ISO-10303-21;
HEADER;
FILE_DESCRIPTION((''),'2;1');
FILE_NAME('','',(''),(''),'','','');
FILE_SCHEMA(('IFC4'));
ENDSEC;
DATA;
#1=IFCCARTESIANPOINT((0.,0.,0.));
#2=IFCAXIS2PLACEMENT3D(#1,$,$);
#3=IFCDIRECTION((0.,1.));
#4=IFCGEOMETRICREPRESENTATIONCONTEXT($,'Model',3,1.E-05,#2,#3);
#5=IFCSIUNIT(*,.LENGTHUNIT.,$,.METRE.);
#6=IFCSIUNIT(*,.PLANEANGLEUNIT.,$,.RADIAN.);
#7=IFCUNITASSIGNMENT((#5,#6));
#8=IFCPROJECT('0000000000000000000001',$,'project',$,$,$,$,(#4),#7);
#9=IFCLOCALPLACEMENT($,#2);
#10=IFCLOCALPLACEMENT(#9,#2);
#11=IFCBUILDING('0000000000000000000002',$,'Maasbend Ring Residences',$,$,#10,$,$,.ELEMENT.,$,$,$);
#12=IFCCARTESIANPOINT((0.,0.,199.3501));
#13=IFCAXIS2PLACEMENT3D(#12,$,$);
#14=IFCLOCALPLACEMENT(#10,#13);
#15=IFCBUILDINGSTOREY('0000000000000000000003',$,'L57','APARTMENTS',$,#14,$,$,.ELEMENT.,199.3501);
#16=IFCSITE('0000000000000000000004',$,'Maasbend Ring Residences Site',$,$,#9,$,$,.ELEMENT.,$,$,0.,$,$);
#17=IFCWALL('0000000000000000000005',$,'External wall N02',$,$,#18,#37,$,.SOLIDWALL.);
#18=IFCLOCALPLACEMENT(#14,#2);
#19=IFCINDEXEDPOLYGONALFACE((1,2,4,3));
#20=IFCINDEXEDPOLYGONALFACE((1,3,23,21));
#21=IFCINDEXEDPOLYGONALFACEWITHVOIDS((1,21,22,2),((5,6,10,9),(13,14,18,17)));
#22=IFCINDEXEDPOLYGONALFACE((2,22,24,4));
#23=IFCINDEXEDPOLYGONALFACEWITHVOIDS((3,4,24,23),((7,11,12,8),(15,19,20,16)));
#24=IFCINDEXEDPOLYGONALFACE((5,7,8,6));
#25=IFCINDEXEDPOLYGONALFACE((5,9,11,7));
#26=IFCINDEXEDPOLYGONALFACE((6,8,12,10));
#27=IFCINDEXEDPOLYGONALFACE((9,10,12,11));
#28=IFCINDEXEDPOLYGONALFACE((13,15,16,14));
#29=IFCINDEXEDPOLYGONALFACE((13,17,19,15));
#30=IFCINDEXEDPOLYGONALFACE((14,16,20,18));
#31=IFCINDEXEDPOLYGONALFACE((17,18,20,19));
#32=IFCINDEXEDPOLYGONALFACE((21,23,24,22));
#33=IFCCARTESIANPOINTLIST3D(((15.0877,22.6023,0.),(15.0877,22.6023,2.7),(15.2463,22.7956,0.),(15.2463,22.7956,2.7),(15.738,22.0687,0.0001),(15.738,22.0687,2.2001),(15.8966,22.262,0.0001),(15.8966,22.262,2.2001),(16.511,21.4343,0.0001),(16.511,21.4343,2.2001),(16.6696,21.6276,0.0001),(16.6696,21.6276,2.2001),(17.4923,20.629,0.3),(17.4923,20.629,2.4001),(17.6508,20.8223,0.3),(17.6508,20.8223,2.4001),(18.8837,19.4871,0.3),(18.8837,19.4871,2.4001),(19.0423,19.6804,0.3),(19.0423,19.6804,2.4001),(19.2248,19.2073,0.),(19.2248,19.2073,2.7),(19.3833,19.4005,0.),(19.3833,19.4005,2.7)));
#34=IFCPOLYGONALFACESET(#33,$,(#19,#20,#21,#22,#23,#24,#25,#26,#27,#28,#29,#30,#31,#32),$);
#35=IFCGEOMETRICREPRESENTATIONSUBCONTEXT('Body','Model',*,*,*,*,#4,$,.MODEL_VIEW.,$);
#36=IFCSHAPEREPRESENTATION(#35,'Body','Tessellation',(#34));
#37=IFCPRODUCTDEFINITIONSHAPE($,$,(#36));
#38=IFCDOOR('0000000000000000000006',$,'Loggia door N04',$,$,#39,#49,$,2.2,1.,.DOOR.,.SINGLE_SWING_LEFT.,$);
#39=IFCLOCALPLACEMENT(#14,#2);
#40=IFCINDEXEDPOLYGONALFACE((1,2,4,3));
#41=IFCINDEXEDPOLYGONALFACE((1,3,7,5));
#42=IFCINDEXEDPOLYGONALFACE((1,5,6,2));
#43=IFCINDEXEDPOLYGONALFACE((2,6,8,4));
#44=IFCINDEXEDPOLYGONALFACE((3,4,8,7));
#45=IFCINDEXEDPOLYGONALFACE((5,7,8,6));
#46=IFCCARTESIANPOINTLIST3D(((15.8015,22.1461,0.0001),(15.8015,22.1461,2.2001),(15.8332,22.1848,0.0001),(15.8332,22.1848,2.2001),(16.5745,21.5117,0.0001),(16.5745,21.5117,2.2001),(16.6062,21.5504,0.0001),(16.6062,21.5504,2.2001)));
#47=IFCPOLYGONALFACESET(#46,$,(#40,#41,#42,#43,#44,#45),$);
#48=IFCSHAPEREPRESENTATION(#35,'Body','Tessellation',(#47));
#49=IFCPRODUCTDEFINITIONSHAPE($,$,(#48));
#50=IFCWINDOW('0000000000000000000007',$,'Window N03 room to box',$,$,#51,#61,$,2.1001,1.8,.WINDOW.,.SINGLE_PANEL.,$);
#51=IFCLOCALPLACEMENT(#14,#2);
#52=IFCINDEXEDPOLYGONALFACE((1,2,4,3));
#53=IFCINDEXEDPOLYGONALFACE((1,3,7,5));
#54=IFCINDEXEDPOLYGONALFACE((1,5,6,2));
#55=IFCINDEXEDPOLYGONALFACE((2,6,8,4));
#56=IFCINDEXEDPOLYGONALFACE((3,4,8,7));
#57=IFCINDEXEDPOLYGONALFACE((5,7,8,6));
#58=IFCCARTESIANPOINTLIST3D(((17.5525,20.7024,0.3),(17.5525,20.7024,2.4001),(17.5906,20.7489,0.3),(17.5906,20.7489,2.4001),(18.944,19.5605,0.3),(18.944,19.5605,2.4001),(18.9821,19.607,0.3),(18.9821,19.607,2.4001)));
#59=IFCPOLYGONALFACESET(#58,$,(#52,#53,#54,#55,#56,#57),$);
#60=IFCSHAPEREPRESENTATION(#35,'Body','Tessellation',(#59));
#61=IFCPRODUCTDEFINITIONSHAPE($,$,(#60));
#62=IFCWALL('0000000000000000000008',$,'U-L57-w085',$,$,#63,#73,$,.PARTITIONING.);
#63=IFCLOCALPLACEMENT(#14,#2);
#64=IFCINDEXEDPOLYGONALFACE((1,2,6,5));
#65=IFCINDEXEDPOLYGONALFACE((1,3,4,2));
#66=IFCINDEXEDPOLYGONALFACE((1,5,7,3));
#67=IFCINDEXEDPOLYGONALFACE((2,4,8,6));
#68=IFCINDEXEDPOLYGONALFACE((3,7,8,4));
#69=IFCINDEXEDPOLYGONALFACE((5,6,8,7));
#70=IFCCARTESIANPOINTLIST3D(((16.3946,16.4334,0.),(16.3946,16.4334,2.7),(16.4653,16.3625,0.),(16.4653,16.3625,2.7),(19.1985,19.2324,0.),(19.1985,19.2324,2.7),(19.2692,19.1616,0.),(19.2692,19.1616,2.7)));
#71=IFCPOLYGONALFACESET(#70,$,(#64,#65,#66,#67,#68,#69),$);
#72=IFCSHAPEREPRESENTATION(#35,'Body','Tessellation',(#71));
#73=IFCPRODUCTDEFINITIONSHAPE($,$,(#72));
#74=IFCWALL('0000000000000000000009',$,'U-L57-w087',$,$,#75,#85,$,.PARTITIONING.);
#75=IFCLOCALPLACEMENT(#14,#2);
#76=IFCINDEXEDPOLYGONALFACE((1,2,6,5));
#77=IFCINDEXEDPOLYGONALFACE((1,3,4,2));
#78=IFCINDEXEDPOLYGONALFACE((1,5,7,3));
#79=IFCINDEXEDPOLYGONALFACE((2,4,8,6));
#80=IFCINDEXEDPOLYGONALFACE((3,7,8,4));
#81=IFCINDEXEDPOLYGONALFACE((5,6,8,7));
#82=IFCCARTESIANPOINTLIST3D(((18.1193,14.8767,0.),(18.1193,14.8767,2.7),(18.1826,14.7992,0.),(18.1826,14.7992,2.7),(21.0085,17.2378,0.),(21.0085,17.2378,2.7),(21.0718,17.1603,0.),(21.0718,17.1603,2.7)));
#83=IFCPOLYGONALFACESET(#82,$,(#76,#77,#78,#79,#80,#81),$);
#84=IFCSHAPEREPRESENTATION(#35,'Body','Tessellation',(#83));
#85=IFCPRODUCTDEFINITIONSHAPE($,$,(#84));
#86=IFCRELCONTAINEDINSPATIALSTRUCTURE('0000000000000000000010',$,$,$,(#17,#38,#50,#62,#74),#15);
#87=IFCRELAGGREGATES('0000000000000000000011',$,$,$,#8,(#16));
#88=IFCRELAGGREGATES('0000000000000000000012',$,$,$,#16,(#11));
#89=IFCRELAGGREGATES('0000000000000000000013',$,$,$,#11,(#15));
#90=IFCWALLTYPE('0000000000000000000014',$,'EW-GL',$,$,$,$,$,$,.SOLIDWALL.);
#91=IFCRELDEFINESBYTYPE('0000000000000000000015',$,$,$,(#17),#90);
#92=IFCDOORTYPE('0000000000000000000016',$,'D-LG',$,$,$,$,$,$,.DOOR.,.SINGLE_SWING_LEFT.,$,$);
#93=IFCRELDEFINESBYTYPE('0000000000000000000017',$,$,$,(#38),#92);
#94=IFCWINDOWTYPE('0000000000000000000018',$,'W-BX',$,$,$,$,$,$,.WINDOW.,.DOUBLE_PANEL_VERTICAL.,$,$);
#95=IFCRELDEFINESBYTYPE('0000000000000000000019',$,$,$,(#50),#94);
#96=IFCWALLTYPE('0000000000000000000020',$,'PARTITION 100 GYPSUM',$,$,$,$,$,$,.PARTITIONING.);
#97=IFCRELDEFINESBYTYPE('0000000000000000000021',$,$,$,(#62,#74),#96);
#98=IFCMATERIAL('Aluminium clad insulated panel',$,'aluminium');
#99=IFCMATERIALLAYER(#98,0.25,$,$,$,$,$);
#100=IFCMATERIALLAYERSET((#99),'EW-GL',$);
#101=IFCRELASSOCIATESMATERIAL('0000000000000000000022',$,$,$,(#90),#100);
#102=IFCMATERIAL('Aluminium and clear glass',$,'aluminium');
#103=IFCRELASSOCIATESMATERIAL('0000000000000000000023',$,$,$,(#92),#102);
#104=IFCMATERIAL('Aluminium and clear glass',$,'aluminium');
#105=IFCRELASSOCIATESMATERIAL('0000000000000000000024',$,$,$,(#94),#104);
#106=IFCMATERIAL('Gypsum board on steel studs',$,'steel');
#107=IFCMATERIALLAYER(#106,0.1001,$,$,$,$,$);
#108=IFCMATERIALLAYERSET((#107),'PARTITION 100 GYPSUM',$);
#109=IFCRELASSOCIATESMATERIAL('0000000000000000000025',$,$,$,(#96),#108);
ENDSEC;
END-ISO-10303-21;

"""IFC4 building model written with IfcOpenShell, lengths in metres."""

from ifc_helpers import new_model, si_unit, direction, frame, frame_2d, origin, place, context, subcontext, project, spatial, rectangle, extrude, material, layer, layer_set, type_object, element, fill, save


model = new_model("IFC4")

# Units and contexts
model_context = context("Model", 3, precision=1e-05, world=origin(), true_north=direction((0.0, 1.0)))
body_context = subcontext(model_context, "Body", "Model", "MODEL_VIEW")
ifc_project = project(units=[si_unit("LENGTHUNIT", "METRE"), si_unit("PLANEANGLEUNIT", "RADIAN")], contexts=[model_context])

# Site, building, storey
site_placement = place(None, origin())
site = spatial("IfcSite", under=ifc_project, at=site_placement, Name="Maasbend Ring Residences Site", CompositionType="ELEMENT", RefElevation=0.0)
building_placement = place(site_placement, origin())
building = spatial("IfcBuilding", under=site, at=building_placement, Name="Maasbend Ring Residences", CompositionType="ELEMENT")
storey_placement = place(building_placement, frame((0.0, 0.0, 199.3501)))
storey = spatial("IfcBuildingStorey", under=building, at=storey_placement, Name="L57", Description="APARTMENTS", CompositionType="ELEMENT", Elevation=199.3501)

# Wall, openings, door, window
ifc_material_1 = material(Name="Aluminium clad insulated panel", Category="aluminium")
ifc_layer_1 = layer(ifc_material_1, 0.25)
ifc_layer_set_1 = layer_set([ifc_layer_1], Name="EW-GL")
wall_type_1 = type_object("IfcWallType", Name="EW-GL", PredefinedType="SOLIDWALL", material=ifc_layer_set_1)
ifc_material_2 = material(Name="Aluminium and clear glass", Category="aluminium")
door_type = type_object("IfcDoorType", Name="D-LG", OperationType="SINGLE_SWING_LEFT", PredefinedType="DOOR", material=ifc_material_2)
ifc_material_3 = material(Name="Aluminium and clear glass", Category="aluminium")
window_type_1 = type_object("IfcWindowType", Name="W-BX", PartitioningType="DOUBLE_PANEL_VERTICAL", PredefinedType="WINDOW", material=ifc_material_3)
wall_1_placement = place(storey_placement, frame((19.304, 19.304, 0.0), z_axis=(0.0, 0.0, 1.0), x_axis=(-0.773019, 0.634382, 0.0)))
wall_1 = element("IfcWall", 1, at=wall_1_placement, inside=storey, type_object=wall_type_1, Name="External wall N02", PredefinedType="SOLIDWALL", context=body_context, shape_type="SweptSolid", body=[
    extrude(rectangle(XDim=5.3518, YDim=0.25, at=frame_2d((2.6758, 0.0))), origin(), (0.0, 0.0, 1.0), 2.7),
])
opening_1_placement = place(wall_1_placement, frame((0.4412, 0.0, 0.3)))
opening_1 = element("IfcOpeningElement", 2, at=opening_1_placement, cuts=wall_1, PredefinedType="OPENING", context=body_context, shape_type="SweptSolid", body=[
    extrude(rectangle(XDim=1.8, YDim=2.1001, at=frame_2d((0.8999, 1.05))), frame((0.0, 0.135, 0.0), z_axis=(0.0, -1.0, 0.0), x_axis=(1.0, 0.0, 0.0)), (0.0, 0.0, 1.0), 0.27),
])
opening_2_placement = place(wall_1_placement, frame((3.5105, 0.0, 0.0)))
opening_2 = element("IfcOpeningElement", 3, at=opening_2_placement, cuts=wall_1, PredefinedType="OPENING", context=body_context, shape_type="SweptSolid", body=[
    extrude(rectangle(XDim=1.0, YDim=2.2, at=frame_2d((0.5, 1.1001))), frame((0.0, 0.135, 0.0), z_axis=(0.0, -1.0, 0.0), x_axis=(1.0, 0.0, 0.0)), (0.0, 0.0, 1.0), 0.27),
])
door_1_placement = place(opening_2_placement, origin())
door_1 = element("IfcDoor", 4, at=door_1_placement, inside=storey, type_object=door_type, Name="Loggia door N04", OperationType="SINGLE_SWING_LEFT", OverallHeight=2.2, OverallWidth=1.0, PredefinedType="DOOR", context=body_context, shape_type="SweptSolid", body=[
    extrude(rectangle(XDim=1.0, YDim=2.2, at=frame_2d((0.5, 1.1001))), frame((0.0, 0.0249, 0.0), z_axis=(0.0, -1.0, 0.0), x_axis=(1.0, 0.0, 0.0)), (0.0, 0.0, 1.0), 0.05),
])
fill(opening_2, door_1)
window_1_placement = place(opening_1_placement, origin())
window_1 = element("IfcWindow", 5, at=window_1_placement, inside=storey, type_object=window_type_1, Name="Window N03 room to box", OverallHeight=2.1001, OverallWidth=1.8, PartitioningType="SINGLE_PANEL", PredefinedType="WINDOW", context=body_context, shape_type="SweptSolid", body=[
    extrude(rectangle(XDim=1.8, YDim=2.1001, at=frame_2d((0.8999, 1.05))), frame((0.0, 0.03, 0.0), z_axis=(0.0, -1.0, 0.0), x_axis=(1.0, 0.0, 0.0)), (0.0, 0.0, 1.0), 0.0601),
])
fill(opening_1, window_1)

# Walls
ifc_material_4 = material(Name="Gypsum board on steel studs", Category="steel")
ifc_layer_2 = layer(ifc_material_4, 0.1001)
ifc_layer_set_2 = layer_set([ifc_layer_2], Name="PARTITION 100 GYPSUM")
wall_type_2 = type_object("IfcWallType", Name="PARTITION 100 GYPSUM", PredefinedType="PARTITIONING", material=ifc_layer_set_2)
wall_2_placement = place(storey_placement, frame((16.4299, 16.3979, 0.0), z_axis=(0.0, 0.0, 1.0), x_axis=(0.707723, 0.70649, 0.0)))
element("IfcWall", 6, at=wall_2_placement, inside=storey, type_object=wall_type_2, Name="U-L57-w085", PredefinedType="PARTITIONING", context=body_context, shape_type="SweptSolid", body=[
    extrude(rectangle(XDim=3.9619, YDim=0.1001, at=frame_2d((1.981, 0.0))), origin(), (0.0, 0.0, 1.0), 2.7),
])
wall_3_placement = place(storey_placement, frame((18.1509, 14.8379, 0.0), z_axis=(0.0, 0.0, 1.0), x_axis=(0.774322, 0.632792, 0.0)))
element("IfcWall", 7, at=wall_3_placement, inside=storey, type_object=wall_type_2, Name="U-L57-w087", PredefinedType="PARTITIONING", context=body_context, shape_type="SweptSolid", body=[
    extrude(rectangle(XDim=3.7312, YDim=0.1001, at=frame_2d((1.8657, 0.0))), origin(), (0.0, 0.0, 1.0), 2.7),
])

save(model, "model.ifc")
